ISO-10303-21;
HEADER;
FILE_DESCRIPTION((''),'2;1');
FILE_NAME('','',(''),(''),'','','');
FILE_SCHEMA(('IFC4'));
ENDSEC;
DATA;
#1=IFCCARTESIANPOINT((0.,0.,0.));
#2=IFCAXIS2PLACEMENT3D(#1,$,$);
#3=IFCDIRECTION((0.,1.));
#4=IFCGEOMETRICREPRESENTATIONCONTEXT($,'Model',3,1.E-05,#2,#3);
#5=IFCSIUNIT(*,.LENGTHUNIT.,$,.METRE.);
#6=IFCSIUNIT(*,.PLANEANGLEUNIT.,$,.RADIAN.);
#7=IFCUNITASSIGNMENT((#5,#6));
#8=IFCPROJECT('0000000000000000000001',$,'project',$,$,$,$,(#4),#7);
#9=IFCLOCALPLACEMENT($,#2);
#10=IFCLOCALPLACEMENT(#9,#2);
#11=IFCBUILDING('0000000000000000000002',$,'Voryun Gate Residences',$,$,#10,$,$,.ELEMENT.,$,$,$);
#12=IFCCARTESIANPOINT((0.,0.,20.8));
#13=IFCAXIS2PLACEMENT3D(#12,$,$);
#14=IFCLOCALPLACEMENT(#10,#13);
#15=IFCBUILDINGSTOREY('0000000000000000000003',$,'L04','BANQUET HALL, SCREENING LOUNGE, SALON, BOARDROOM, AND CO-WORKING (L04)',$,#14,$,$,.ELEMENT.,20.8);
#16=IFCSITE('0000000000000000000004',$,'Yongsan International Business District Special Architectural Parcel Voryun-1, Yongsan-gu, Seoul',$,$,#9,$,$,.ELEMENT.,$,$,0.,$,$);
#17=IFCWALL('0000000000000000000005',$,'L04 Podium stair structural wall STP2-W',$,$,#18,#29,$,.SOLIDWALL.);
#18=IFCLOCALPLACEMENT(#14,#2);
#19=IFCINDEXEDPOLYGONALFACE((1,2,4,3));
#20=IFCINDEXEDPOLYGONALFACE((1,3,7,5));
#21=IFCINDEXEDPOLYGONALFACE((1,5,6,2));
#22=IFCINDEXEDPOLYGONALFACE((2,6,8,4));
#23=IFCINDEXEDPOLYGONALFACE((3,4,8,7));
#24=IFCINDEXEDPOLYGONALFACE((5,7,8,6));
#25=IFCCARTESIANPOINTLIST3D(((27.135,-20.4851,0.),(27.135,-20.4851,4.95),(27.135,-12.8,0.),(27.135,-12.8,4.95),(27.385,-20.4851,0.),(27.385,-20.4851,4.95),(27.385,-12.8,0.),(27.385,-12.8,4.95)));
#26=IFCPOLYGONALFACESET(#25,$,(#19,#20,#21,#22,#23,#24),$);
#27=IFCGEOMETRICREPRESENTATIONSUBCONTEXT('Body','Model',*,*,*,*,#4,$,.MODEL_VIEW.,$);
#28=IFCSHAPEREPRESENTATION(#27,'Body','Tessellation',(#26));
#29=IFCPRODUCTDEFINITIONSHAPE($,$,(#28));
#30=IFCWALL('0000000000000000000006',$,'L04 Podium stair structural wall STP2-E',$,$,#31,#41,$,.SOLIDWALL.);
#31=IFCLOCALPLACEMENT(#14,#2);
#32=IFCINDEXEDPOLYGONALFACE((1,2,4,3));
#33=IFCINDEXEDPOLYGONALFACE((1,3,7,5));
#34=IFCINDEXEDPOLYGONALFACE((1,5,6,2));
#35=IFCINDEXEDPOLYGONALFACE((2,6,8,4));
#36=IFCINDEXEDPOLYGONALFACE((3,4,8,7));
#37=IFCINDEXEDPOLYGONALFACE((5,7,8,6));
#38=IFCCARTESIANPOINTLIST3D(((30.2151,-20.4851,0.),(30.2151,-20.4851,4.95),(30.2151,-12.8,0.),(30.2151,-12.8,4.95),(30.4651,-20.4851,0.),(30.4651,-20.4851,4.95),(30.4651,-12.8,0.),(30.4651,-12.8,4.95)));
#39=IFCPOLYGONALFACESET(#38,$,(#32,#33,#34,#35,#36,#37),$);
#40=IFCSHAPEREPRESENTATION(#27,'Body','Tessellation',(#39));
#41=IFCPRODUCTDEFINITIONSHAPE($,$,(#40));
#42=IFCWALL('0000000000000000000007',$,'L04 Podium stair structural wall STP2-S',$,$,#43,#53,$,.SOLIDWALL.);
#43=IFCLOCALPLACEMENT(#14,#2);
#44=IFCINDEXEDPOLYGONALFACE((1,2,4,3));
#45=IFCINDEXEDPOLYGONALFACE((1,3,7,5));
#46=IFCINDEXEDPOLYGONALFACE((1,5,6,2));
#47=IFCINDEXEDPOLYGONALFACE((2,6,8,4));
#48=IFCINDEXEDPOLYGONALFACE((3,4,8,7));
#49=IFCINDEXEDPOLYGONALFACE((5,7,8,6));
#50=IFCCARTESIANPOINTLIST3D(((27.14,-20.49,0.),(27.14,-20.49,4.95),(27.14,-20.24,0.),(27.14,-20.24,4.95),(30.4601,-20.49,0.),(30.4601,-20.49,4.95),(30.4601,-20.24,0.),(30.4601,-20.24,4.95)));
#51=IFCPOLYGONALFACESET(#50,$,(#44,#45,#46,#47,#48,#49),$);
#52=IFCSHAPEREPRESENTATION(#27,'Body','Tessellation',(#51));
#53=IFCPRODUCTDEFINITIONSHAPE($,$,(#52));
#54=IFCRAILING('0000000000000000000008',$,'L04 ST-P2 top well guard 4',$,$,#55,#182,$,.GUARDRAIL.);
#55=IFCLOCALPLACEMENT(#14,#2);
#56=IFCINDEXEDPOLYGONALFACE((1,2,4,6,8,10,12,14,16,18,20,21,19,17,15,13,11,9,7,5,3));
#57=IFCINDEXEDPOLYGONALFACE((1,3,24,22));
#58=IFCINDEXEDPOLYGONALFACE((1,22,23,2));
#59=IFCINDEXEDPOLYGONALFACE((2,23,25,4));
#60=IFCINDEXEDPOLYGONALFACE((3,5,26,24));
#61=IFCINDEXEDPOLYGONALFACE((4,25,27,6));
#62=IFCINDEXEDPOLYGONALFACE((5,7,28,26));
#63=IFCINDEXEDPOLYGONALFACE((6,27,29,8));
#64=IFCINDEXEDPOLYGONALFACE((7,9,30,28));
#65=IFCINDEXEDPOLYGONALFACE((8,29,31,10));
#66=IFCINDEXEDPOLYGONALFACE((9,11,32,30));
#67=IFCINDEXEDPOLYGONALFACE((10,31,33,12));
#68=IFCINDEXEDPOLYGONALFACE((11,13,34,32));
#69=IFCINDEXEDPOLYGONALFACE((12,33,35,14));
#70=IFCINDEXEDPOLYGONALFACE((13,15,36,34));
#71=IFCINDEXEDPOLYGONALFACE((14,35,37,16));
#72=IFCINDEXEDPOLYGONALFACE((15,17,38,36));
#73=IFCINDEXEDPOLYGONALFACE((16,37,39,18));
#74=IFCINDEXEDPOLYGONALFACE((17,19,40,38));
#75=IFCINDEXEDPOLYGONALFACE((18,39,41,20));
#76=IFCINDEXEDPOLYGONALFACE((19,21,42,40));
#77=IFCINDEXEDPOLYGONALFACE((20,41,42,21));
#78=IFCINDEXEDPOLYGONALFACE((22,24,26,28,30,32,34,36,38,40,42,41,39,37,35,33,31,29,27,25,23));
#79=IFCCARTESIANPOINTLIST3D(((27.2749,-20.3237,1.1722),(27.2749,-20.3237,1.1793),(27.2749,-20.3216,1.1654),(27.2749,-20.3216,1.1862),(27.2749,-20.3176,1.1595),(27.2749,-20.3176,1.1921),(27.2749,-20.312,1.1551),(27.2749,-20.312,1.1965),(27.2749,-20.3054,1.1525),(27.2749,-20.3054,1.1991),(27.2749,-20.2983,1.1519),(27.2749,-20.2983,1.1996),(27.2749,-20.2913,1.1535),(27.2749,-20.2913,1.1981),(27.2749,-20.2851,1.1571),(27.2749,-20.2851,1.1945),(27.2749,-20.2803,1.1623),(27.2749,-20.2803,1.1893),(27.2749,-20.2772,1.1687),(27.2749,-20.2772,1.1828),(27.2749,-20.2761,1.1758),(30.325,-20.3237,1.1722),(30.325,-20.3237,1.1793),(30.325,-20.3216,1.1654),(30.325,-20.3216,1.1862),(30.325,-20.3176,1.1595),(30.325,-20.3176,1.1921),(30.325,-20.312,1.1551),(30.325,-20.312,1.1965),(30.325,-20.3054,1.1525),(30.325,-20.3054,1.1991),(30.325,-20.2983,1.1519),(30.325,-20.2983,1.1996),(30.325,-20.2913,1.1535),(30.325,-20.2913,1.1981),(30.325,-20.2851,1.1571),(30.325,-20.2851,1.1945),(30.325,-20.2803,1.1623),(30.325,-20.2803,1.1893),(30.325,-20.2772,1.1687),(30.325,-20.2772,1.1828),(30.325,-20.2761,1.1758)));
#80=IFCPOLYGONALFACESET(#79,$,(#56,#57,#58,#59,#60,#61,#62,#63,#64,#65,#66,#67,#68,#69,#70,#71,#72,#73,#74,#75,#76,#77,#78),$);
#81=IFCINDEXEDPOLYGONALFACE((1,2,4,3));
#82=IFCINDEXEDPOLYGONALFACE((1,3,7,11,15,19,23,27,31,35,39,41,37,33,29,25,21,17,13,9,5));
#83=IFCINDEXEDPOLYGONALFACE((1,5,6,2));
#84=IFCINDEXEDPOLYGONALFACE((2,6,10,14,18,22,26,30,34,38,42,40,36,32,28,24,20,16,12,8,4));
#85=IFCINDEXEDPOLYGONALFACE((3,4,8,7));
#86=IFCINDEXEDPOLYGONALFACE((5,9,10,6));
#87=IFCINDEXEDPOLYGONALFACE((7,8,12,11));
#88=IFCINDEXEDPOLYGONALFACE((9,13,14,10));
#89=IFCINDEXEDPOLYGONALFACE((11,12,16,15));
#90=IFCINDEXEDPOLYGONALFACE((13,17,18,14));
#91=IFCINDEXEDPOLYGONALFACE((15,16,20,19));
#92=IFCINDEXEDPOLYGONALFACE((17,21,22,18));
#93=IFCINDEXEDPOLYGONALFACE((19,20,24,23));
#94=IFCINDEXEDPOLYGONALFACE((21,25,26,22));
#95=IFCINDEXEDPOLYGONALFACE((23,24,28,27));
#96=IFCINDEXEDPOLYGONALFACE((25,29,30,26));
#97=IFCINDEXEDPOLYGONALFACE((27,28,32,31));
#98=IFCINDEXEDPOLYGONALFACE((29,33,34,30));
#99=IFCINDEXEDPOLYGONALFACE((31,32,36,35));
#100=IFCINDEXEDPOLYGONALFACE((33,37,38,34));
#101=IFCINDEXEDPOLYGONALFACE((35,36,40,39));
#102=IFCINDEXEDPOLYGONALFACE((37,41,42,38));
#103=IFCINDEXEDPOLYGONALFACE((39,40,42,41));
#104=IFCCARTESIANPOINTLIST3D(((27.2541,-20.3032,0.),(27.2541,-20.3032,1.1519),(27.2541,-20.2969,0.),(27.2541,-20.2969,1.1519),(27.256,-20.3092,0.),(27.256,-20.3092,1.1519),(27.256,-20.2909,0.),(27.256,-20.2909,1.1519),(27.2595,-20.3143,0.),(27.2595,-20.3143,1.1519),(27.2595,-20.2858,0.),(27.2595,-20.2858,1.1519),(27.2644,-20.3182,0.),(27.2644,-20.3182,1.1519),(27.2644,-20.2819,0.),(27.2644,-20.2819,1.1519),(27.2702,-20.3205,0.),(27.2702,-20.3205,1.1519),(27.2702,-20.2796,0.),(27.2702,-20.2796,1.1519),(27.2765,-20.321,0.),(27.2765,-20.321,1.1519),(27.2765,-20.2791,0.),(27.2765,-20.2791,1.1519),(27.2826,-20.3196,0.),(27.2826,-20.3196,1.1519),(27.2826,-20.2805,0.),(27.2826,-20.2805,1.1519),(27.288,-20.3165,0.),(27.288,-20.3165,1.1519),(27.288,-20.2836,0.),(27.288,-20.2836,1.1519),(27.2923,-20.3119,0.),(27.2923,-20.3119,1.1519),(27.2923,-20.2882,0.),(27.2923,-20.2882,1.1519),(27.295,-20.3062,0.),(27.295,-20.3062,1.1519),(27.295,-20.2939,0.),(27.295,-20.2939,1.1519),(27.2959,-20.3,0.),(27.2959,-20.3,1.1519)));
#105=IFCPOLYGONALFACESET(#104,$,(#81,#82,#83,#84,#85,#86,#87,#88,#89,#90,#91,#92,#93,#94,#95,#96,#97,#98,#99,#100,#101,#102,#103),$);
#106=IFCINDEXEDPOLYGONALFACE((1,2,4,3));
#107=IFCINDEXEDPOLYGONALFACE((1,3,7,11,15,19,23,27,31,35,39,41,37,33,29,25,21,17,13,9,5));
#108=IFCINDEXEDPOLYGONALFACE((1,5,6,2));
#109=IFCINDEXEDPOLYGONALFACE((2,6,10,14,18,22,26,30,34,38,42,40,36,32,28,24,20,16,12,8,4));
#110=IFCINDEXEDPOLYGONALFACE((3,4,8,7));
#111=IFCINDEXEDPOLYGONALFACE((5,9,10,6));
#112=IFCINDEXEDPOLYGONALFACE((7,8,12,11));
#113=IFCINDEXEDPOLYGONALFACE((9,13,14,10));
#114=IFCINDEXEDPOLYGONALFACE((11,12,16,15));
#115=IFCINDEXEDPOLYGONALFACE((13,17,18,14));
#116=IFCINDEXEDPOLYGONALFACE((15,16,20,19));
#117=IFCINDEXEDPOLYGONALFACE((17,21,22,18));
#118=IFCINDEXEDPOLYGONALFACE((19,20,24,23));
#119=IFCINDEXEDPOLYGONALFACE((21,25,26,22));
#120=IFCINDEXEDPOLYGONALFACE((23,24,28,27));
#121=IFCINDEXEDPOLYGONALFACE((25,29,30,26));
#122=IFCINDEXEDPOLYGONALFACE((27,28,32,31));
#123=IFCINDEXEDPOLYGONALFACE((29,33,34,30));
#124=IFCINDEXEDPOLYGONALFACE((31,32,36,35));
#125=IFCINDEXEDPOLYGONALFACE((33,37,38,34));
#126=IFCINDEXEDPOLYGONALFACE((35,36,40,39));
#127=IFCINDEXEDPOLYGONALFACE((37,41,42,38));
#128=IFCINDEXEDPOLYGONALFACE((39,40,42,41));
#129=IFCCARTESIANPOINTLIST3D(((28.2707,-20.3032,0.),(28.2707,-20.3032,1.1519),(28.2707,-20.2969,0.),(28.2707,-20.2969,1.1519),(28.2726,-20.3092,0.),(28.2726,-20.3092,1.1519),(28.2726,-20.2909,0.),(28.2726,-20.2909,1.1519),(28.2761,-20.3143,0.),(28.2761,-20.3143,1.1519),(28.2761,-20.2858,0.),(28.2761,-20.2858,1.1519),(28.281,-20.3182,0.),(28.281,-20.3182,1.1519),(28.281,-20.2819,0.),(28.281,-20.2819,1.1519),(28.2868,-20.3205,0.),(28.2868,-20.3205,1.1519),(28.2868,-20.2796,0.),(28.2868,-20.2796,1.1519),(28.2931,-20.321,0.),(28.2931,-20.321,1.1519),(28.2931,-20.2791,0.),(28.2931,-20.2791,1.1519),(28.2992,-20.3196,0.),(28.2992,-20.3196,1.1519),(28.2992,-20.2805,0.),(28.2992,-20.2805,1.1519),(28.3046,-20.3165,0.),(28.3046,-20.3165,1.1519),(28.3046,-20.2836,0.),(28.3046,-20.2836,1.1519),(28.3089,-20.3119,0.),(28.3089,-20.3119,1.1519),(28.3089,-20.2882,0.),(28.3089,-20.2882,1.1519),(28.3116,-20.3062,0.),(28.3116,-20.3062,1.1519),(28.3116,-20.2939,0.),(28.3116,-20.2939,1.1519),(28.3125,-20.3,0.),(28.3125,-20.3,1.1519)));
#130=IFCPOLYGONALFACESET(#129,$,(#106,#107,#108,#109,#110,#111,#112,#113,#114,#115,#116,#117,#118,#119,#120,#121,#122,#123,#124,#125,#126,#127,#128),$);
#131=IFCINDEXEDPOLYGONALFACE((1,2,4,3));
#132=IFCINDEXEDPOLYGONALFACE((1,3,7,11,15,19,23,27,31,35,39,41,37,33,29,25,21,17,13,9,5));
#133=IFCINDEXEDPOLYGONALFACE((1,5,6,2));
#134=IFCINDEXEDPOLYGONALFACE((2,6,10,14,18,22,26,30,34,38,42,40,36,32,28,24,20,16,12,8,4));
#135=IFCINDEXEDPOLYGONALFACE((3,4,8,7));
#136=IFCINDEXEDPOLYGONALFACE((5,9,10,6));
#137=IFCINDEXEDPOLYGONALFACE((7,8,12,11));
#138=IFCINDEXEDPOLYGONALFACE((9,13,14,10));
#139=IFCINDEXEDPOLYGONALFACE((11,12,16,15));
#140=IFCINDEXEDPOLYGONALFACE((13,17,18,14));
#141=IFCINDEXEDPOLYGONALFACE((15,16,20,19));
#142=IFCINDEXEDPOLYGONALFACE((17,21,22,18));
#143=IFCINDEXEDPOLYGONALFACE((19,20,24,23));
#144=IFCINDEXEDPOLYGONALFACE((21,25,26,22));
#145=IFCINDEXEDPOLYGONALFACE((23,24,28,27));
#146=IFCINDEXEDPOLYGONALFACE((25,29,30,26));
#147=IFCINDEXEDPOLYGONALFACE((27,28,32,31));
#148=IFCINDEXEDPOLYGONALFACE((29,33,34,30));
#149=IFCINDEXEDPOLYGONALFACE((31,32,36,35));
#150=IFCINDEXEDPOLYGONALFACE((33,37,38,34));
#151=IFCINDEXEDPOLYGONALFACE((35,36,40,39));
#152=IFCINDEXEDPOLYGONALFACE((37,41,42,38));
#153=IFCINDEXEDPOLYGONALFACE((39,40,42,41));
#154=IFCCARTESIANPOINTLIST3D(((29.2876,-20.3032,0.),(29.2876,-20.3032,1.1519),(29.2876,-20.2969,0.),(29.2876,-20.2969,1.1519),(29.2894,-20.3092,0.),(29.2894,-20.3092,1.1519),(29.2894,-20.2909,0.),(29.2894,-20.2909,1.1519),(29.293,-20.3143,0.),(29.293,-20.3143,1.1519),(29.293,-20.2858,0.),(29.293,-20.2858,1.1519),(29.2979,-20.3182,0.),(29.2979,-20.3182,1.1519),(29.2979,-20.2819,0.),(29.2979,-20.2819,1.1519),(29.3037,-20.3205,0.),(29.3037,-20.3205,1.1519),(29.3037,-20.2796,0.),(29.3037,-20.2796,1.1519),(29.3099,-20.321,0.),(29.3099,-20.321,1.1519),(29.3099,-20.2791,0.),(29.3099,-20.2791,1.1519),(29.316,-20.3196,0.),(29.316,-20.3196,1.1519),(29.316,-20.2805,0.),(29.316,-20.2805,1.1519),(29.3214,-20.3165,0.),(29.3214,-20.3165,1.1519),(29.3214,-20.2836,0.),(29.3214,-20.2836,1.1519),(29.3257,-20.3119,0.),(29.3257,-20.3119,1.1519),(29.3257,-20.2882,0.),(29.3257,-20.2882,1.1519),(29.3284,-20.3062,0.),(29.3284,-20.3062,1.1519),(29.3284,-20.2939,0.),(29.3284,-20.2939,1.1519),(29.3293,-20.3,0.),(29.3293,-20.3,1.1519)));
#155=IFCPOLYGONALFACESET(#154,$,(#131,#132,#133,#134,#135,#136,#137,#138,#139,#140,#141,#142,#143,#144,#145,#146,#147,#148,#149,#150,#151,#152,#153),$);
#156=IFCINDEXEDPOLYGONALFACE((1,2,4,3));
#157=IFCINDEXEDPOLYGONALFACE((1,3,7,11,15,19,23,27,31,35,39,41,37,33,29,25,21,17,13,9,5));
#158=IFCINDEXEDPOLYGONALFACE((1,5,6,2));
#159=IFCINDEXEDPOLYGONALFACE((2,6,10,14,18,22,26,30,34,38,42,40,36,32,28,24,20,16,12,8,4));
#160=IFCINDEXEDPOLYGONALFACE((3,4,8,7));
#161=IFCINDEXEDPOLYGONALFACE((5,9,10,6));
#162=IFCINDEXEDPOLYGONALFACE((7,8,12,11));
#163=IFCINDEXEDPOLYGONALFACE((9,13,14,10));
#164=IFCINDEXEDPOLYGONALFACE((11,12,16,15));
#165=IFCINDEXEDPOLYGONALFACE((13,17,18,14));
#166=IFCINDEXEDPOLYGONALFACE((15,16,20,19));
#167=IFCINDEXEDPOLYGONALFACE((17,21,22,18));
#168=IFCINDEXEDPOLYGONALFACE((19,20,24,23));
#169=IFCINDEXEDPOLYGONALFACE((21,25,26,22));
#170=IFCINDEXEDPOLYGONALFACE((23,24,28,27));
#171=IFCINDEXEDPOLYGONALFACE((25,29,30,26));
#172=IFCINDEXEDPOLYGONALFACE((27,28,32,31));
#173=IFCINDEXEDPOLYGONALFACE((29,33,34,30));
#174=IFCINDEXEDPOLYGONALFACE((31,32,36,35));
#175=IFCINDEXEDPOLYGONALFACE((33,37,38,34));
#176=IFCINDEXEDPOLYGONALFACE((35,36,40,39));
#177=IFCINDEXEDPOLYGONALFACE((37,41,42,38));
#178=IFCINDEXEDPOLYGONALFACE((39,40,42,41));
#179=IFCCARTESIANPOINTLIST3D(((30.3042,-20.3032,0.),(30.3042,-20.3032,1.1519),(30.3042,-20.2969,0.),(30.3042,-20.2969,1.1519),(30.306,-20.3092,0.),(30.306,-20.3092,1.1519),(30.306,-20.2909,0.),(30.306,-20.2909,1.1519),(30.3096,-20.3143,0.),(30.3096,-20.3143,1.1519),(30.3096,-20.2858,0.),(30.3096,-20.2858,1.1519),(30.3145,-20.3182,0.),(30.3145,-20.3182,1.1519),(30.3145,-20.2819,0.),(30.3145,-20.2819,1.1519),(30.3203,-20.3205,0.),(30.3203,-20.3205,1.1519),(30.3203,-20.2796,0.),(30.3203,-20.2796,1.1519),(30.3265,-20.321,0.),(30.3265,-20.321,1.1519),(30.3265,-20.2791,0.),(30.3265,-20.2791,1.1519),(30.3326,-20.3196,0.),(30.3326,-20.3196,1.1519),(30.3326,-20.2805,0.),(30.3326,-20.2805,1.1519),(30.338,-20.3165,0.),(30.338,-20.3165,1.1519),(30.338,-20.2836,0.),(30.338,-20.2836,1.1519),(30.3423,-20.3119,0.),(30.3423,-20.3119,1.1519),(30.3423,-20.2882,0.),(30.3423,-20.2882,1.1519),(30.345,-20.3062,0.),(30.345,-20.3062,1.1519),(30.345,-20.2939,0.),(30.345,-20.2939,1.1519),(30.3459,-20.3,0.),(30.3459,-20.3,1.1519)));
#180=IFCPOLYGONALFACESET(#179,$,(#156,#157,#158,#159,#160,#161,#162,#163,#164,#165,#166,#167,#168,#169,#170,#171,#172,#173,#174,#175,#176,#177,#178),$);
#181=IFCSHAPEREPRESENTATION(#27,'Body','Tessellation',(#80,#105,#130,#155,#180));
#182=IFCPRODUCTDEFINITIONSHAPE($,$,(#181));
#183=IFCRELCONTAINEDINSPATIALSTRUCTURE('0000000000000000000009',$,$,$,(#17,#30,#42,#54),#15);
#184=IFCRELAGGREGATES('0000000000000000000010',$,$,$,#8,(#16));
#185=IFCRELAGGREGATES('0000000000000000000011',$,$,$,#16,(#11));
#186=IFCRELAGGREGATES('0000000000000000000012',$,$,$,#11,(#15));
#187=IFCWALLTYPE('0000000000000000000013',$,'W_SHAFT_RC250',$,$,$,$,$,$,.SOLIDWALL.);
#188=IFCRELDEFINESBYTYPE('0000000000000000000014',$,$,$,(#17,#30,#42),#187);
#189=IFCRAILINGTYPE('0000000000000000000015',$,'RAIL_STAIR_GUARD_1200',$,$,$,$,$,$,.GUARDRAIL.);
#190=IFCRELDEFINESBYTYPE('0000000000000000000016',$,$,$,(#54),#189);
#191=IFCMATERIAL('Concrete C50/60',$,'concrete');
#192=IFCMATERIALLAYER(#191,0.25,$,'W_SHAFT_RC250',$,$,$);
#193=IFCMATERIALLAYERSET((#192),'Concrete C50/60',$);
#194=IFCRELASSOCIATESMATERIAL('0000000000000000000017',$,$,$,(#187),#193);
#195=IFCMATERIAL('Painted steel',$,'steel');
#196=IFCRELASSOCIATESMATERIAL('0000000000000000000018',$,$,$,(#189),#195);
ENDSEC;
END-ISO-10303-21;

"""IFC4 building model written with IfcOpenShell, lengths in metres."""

from ifc_helpers import new_model, si_unit, direction, frame, frame_2d, origin, origin_2d, place, context, subcontext, project, spatial, rectangle, circle, extrude, material, layer, layer_set, type_object, element, save


model = new_model("IFC4")

# Units and contexts
model_context = context("Model", 3, precision=1e-05, world=origin(), true_north=direction((0.0, 1.0)))
body_context = subcontext(model_context, "Body", "Model", "MODEL_VIEW")
ifc_project = project(units=[si_unit("LENGTHUNIT", "METRE"), si_unit("PLANEANGLEUNIT", "RADIAN")], contexts=[model_context])

# Site, building, storey
site_placement = place(None, origin())
site = spatial("IfcSite", under=ifc_project, at=site_placement, Name="Yongsan International Business District Special Architectural Parcel Voryun-1, Yongsan-gu, Seoul", CompositionType="ELEMENT", RefElevation=0.0)
building_placement = place(site_placement, origin())
building = spatial("IfcBuilding", under=site, at=building_placement, Name="Voryun Gate Residences", CompositionType="ELEMENT")
storey_placement = place(building_placement, frame((0.0, 0.0, 20.8)))
storey = spatial("IfcBuildingStorey", under=building, at=storey_placement, Name="L04", Description="BANQUET HALL, SCREENING LOUNGE, SALON, BOARDROOM, AND CO-WORKING (L04)", CompositionType="ELEMENT", Elevation=20.8)

# Walls
ifc_material_1 = material(Name="Concrete C50/60", Category="concrete")
ifc_layer_1 = layer(ifc_material_1, 0.25, Name="W_SHAFT_RC250")
ifc_layer_set_1 = layer_set([ifc_layer_1], Name="Concrete C50/60")
wall_type_1 = type_object("IfcWallType", Name="W_SHAFT_RC250", PredefinedType="SOLIDWALL", material=ifc_layer_set_1)
for number, where, z_axis, x_axis, name in (
    (1, (27.26, -20.4851, 0.0), (0.0, 0.0, 1.0), (0.0, 1.0, 0.0), "L04 Podium stair structural wall STP2-W"),
    (2, (30.3401, -20.4851, 0.0), (0.0, 0.0, 1.0), (0.0, 1.0, 0.0), "L04 Podium stair structural wall STP2-E"),
):
    element("IfcWall", number, at=place(storey_placement, frame(where, z_axis=z_axis, x_axis=x_axis)), inside=storey, type_object=wall_type_1, Name=name, PredefinedType="SOLIDWALL", context=body_context, shape_type="SweptSolid", body=[
        extrude(rectangle(XDim=7.6851, YDim=0.25, at=frame_2d((3.8425, 0.0))), origin(), (0.0, 0.0, 1.0), 4.95),
    ])
wall_1_placement = place(storey_placement, frame((27.1399, -20.365, 0.0), z_axis=(0.0, 0.0, 1.0), x_axis=(1.0, 0.0, 0.0)))
element("IfcWall", 3, at=wall_1_placement, inside=storey, type_object=wall_type_1, Name="L04 Podium stair structural wall STP2-S", PredefinedType="SOLIDWALL", context=body_context, shape_type="SweptSolid", body=[
    extrude(rectangle(XDim=3.3201, YDim=0.25, at=frame_2d((1.6602, 0.0))), origin(), (0.0, 0.0, 1.0), 4.95),
])

# Railing
ifc_material_2 = material(Name="Painted steel", Category="steel")
railing_type = type_object("IfcRailingType", Name="RAIL_STAIR_GUARD_1200", PredefinedType="GUARDRAIL", material=ifc_material_2)
railing_placement = place(storey_placement, frame((27.2749, -20.3, 0.0)))
element("IfcRailing", 4, at=railing_placement, inside=storey, type_object=railing_type, Name="L04 ST-P2 top well guard 4", PredefinedType="GUARDRAIL", context=body_context, shape_type="SweptSolid", body=[
    extrude(circle(Radius=0.0239, at=origin_2d()), frame((0.0, 0.0, 1.1758), z_axis=(1.0, 0.0, 0.0), x_axis=(0.0, 1.0, 0.0)), (0.0, 0.0, 1.0), 3.05),
    extrude(circle(Radius=0.021, at=origin_2d()), origin(), (0.0, 0.0, 1.0), 1.1519),
    extrude(circle(Radius=0.021, at=origin_2d()), frame((1.0166, 0.0, 0.0)), (0.0, 0.0, 1.0), 1.1519),
    extrude(circle(Radius=0.021, at=origin_2d()), frame((2.0334, 0.0, 0.0)), (0.0, 0.0, 1.0), 1.1519),
    extrude(circle(Radius=0.021, at=origin_2d()), frame((3.05, 0.0, 0.0)), (0.0, 0.0, 1.0), 1.1519),
])

save(model, "model.ifc")
